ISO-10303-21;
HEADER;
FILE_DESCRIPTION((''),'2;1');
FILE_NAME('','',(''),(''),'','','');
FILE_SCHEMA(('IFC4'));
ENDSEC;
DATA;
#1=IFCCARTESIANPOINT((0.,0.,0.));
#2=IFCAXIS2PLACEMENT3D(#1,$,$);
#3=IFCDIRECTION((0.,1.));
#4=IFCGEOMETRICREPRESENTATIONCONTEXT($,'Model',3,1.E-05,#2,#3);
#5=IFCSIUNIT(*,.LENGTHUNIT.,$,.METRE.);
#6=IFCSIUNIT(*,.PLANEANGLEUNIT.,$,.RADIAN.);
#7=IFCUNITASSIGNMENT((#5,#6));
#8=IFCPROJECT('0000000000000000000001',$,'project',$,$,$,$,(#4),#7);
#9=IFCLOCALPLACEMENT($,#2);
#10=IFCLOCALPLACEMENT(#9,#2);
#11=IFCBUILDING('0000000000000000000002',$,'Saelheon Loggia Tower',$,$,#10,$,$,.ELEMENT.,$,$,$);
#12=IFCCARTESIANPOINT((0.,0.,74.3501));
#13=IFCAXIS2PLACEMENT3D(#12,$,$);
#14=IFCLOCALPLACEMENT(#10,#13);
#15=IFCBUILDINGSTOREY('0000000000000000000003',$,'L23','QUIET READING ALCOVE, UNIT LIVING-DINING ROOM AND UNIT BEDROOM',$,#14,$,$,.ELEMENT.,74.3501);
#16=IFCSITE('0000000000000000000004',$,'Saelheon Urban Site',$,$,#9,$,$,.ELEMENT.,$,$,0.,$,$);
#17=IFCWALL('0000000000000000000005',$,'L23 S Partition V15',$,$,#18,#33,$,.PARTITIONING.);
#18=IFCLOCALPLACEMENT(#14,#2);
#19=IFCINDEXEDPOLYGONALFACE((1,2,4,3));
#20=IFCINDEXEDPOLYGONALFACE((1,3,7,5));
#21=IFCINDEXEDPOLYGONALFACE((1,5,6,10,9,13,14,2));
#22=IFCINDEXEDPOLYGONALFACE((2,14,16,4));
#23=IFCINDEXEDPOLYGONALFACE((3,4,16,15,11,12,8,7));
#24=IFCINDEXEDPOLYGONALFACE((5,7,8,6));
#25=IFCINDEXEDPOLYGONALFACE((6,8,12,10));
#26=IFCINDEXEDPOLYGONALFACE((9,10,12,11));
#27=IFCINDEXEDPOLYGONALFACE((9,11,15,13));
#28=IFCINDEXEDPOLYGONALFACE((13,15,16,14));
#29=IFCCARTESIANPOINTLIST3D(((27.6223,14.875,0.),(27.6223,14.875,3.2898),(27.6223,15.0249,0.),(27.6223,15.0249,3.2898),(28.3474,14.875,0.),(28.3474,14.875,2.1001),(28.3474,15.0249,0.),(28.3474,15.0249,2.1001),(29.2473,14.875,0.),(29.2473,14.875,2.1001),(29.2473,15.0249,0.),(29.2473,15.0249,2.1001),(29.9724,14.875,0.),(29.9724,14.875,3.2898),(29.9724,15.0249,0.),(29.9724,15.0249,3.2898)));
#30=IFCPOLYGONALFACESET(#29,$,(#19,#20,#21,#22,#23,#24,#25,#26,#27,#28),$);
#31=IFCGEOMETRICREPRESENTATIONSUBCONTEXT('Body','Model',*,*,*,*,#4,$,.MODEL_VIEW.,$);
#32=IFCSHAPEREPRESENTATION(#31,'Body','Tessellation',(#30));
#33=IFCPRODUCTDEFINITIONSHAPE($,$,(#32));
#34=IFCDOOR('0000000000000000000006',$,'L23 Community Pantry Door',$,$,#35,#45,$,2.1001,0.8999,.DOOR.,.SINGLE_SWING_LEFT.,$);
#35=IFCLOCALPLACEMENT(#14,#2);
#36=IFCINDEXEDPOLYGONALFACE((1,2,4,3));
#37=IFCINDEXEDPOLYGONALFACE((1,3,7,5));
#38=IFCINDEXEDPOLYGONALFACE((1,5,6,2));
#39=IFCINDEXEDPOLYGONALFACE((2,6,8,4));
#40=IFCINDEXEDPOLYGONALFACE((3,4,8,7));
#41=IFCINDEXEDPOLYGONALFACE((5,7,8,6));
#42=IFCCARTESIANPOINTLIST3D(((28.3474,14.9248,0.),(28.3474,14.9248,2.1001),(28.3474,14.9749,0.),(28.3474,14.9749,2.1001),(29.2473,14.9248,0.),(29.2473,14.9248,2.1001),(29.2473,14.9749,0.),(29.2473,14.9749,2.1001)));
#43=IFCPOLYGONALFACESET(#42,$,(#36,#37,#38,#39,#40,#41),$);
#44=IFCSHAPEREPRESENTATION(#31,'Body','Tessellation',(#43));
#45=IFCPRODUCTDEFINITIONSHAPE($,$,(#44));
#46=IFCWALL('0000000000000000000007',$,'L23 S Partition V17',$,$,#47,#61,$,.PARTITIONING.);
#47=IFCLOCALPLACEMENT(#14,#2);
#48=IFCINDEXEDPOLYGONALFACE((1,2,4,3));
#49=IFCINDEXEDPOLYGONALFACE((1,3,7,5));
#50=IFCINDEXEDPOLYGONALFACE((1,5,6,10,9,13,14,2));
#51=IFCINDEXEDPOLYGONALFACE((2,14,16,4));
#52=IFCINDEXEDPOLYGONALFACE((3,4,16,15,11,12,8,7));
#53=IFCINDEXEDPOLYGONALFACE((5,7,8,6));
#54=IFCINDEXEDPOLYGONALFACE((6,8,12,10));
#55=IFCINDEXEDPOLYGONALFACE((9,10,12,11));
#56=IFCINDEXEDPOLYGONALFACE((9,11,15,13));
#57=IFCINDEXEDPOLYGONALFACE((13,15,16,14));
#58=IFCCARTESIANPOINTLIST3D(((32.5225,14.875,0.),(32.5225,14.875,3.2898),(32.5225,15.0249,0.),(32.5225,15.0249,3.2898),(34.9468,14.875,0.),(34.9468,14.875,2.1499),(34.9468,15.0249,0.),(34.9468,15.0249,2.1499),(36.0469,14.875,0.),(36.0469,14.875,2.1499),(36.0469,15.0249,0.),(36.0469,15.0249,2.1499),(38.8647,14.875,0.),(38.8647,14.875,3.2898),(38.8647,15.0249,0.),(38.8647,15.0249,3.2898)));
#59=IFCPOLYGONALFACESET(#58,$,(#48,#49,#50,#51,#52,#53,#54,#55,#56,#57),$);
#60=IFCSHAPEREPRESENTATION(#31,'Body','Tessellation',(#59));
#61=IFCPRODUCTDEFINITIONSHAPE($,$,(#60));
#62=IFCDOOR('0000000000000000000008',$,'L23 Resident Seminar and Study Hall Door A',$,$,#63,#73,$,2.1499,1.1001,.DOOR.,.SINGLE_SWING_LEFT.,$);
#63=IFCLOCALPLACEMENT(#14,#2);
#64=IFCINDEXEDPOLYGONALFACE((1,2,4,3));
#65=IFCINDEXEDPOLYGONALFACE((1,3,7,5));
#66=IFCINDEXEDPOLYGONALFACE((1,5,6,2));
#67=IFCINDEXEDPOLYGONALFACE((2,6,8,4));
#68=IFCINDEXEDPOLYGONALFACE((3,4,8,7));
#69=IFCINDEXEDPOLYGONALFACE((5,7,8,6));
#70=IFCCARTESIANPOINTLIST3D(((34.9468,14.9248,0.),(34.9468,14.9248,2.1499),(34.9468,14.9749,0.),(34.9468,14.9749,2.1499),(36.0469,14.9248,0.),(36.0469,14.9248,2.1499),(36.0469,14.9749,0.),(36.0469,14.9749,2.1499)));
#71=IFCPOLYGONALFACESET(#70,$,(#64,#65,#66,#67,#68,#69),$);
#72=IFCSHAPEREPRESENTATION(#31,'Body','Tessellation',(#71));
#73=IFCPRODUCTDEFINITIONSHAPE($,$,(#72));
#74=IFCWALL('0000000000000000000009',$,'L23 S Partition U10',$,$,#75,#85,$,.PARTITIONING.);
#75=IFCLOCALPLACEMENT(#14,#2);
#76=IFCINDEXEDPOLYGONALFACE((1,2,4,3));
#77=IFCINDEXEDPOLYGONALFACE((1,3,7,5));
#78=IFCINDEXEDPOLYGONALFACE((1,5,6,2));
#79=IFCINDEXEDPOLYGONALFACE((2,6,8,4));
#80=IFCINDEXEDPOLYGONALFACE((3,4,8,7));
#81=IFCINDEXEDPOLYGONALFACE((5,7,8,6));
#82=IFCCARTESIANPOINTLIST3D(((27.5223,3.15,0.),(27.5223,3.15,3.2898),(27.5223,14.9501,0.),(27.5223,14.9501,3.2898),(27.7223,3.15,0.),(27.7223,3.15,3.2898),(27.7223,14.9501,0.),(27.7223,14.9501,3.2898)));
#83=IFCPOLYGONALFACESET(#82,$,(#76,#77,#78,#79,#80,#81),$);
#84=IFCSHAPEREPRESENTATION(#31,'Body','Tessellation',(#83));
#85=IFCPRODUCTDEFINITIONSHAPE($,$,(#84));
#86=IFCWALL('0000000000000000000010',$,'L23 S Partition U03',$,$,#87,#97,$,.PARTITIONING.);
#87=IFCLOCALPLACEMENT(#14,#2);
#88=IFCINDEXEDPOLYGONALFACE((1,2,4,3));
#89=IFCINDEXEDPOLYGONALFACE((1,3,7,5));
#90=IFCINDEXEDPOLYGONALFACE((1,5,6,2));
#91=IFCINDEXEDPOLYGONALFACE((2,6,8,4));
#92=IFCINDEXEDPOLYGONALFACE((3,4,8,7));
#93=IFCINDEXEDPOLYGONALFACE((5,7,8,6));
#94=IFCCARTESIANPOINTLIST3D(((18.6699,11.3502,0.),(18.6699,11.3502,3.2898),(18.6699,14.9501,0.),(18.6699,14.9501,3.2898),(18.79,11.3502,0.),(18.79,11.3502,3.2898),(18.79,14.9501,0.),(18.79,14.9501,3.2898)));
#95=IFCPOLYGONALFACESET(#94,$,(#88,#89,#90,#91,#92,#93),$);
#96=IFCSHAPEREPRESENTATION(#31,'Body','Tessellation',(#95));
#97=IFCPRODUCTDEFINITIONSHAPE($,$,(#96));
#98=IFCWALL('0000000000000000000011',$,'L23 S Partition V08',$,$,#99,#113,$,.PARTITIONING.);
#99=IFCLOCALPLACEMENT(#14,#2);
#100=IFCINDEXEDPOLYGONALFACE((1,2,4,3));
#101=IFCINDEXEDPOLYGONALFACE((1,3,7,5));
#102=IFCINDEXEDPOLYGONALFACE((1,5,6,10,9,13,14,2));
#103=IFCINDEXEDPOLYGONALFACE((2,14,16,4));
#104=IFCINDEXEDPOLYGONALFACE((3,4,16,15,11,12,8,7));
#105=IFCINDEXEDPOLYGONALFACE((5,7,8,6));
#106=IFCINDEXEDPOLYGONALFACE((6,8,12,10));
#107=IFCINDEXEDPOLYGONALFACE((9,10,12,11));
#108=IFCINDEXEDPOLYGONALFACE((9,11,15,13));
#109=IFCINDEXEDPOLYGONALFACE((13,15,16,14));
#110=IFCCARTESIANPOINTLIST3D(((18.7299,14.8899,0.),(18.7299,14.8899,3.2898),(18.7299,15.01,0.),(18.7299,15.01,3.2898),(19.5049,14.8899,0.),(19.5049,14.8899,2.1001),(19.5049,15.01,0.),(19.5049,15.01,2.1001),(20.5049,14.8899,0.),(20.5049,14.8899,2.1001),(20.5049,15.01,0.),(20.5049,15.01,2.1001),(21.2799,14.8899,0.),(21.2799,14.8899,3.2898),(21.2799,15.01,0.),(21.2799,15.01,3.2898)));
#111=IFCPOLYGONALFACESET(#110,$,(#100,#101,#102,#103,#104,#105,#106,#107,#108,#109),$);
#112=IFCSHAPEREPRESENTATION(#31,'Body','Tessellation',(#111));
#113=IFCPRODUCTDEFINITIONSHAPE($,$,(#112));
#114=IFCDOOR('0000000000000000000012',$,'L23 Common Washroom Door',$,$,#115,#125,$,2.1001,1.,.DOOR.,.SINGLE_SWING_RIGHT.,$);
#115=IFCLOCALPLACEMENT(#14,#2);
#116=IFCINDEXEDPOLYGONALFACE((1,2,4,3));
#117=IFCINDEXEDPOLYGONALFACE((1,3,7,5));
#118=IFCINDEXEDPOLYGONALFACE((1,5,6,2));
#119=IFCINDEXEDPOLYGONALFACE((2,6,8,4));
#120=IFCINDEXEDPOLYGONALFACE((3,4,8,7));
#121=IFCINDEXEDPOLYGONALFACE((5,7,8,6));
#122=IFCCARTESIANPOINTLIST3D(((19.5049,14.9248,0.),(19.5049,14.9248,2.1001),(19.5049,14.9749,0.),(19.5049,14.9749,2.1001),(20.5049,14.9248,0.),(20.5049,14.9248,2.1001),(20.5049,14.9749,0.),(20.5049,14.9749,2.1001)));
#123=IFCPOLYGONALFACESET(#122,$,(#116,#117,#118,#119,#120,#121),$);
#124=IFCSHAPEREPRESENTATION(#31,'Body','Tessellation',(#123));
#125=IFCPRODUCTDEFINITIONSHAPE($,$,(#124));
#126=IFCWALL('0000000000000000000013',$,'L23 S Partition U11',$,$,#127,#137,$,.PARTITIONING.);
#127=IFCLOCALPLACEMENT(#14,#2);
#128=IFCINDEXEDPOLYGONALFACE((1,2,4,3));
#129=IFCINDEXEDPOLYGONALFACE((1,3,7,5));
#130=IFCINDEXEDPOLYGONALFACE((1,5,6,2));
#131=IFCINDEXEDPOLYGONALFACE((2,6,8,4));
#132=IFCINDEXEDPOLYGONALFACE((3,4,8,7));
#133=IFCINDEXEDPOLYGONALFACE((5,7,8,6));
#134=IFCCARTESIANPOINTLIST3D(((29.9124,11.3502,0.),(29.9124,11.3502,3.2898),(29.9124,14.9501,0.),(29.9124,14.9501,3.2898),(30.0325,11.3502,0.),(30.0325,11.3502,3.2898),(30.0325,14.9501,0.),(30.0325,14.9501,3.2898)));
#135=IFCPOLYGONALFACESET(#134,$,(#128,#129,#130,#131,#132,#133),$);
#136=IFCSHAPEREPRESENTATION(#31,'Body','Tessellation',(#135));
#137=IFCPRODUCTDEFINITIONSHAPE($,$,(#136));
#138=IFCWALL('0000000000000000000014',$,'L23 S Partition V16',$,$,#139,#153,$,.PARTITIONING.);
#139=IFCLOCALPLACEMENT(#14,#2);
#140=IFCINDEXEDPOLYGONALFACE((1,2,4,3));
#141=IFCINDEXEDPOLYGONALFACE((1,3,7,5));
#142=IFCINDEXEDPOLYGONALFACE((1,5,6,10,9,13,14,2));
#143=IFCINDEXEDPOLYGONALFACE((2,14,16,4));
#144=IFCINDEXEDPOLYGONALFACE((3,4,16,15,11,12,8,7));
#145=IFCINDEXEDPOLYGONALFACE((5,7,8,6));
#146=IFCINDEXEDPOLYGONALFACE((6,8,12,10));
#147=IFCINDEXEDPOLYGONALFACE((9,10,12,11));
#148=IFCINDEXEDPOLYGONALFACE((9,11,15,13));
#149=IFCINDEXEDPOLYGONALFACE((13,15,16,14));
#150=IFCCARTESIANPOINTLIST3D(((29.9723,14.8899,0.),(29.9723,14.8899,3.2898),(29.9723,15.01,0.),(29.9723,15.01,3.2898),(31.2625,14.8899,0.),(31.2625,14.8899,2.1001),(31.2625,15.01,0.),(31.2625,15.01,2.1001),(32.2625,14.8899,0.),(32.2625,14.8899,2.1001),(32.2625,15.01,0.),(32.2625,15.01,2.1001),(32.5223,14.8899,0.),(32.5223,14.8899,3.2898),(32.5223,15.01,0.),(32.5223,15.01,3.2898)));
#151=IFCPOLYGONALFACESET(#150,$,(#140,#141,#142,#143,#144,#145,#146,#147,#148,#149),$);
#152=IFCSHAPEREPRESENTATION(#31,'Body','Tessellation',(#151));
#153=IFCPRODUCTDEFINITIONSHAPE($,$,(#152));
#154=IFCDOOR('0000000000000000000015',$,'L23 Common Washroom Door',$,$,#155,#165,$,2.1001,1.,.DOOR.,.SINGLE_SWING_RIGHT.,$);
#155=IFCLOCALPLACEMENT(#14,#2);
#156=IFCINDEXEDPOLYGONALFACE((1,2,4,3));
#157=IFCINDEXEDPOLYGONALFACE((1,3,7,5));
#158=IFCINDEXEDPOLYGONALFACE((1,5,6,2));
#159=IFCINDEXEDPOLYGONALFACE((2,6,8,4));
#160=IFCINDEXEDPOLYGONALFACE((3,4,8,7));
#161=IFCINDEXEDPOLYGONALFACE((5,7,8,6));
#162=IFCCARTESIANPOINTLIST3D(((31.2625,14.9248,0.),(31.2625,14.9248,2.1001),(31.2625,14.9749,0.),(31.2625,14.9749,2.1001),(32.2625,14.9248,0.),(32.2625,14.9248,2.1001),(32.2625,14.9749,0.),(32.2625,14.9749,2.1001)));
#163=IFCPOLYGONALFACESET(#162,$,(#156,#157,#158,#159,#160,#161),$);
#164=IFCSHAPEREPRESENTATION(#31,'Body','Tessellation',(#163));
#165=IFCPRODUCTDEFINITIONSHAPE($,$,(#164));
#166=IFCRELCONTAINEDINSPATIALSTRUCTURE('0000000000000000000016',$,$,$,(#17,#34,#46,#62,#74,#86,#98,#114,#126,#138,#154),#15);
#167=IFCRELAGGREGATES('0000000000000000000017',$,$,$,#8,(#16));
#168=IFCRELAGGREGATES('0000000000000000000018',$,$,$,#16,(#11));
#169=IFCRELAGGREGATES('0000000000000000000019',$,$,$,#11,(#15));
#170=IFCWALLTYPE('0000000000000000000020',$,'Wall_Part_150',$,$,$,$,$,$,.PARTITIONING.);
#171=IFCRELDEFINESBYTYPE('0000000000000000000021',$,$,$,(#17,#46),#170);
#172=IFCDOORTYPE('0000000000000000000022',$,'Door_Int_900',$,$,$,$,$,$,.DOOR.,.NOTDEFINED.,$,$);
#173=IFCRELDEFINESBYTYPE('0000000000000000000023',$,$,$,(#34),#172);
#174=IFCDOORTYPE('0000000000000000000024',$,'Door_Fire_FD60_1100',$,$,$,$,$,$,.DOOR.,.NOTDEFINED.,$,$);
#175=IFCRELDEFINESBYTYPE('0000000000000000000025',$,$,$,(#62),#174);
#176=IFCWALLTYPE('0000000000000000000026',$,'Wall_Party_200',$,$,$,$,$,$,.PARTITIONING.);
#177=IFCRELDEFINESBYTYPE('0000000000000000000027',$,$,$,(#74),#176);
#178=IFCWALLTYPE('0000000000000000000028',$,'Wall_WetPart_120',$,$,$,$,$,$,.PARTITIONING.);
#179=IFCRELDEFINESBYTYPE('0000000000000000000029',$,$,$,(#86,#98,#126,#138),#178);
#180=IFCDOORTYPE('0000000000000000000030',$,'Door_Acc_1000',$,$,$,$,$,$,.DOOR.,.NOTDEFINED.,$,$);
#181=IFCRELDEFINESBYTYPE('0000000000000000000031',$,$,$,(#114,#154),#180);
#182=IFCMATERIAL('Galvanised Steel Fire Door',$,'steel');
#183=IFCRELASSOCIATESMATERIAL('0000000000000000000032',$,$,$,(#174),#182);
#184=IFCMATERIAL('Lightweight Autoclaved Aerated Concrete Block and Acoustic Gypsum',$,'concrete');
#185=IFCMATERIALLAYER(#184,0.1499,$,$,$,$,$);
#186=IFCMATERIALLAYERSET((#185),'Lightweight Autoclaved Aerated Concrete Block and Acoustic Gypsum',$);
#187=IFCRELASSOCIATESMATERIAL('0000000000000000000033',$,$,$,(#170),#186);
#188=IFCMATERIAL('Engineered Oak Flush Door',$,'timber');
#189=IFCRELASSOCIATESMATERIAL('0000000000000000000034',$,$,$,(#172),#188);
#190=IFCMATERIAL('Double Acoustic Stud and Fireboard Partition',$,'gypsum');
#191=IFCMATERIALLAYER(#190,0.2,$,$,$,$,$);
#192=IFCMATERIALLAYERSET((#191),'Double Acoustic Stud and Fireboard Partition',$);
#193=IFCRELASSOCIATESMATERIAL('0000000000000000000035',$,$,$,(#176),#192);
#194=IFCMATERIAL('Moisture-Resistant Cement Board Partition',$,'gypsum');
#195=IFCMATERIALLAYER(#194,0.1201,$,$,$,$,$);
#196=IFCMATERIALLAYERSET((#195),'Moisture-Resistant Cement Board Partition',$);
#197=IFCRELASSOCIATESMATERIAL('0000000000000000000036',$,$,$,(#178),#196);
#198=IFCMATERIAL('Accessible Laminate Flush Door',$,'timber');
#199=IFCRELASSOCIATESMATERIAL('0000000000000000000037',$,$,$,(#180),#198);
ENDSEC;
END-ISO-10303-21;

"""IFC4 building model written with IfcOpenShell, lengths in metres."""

from ifc_helpers import new_model, si_unit, direction, frame, frame_2d, origin, place, context, subcontext, project, spatial, rectangle, extrude, source, transform, mapped, material, layer, layer_set, type_object, element, fill, save


model = new_model("IFC4")

# Units and contexts
model_context = context("Model", 3, precision=1e-05, world=origin(), true_north=direction((0.0, 1.0)))
body_context = subcontext(model_context, "Body", "Model", "MODEL_VIEW")
ifc_project = project(units=[si_unit("LENGTHUNIT", "METRE"), si_unit("PLANEANGLEUNIT", "RADIAN")], contexts=[model_context])

# Site, building, storey
site_placement = place(None, origin())
site = spatial("IfcSite", under=ifc_project, at=site_placement, Name="Saelheon Urban Site", CompositionType="ELEMENT", RefElevation=0.0)
building_placement = place(site_placement, origin())
building = spatial("IfcBuilding", under=site, at=building_placement, Name="Saelheon Loggia Tower", CompositionType="ELEMENT")
storey_placement = place(building_placement, frame((0.0, 0.0, 74.3501)))
storey = spatial("IfcBuildingStorey", under=building, at=storey_placement, Name="L23", Description="QUIET READING ALCOVE, UNIT LIVING-DINING ROOM AND UNIT BEDROOM", CompositionType="ELEMENT", Elevation=74.3501)

# Shared definitions
ifc_material_1 = material(Name="Galvanised Steel Fire Door", Category="steel")
door_type_1 = type_object("IfcDoorType", Name="Door_Fire_FD60_1100", OperationType="NOTDEFINED", PredefinedType="DOOR", material=ifc_material_1)
shared_shape_1 = source(origin(), body_context, "Body", "SweptSolid", [
    extrude(rectangle(XDim=1.1001, YDim=2.1499, at=frame_2d((0.55, 1.075))), frame((0.0, 0.0249, 0.0), z_axis=(0.0, -1.0, 0.0), x_axis=(1.0, 0.0, 0.0)), (0.0, 0.0, 1.0), 0.05),
])

# Shared definitions
ifc_material_2 = material(Name="Lightweight Autoclaved Aerated Concrete Block and Acoustic Gypsum", Category="concrete")
ifc_layer_1 = layer(ifc_material_2, 0.1499)
ifc_layer_set_1 = layer_set([ifc_layer_1], Name="Lightweight Autoclaved Aerated Concrete Block and Acoustic Gypsum")
wall_type_1 = type_object("IfcWallType", Name="Wall_Part_150", PredefinedType="PARTITIONING", material=ifc_layer_set_1)

# Walls, openings, doors
wall_1_placement = place(storey_placement, frame((27.6223, 14.95, 0.0), z_axis=(0.0, 0.0, 1.0), x_axis=(1.0, 0.0, 0.0)))
wall_1 = element("IfcWall", 1, at=wall_1_placement, inside=storey, type_object=wall_type_1, Name="L23 S Partition V15", PredefinedType="PARTITIONING", context=body_context, shape_type="SweptSolid", body=[
    extrude(rectangle(XDim=2.3501, YDim=0.1499, at=frame_2d((1.175, 0.0))), origin(), (0.0, 0.0, 1.0), 3.2898),
])
opening_1_placement = place(wall_1_placement, frame((0.7251, 0.0, 0.0)))
opening_1 = element("IfcOpeningElement", 2, at=opening_1_placement, cuts=wall_1, PredefinedType="OPENING", context=body_context, shape_type="SweptSolid", body=[
    extrude(rectangle(XDim=0.8999, YDim=2.1001, at=frame_2d((0.45, 1.05))), frame((0.0, 0.0869, 0.0), z_axis=(0.0, -1.0, 0.0), x_axis=(1.0, 0.0, 0.0)), (0.0, 0.0, 1.0), 0.1738),
])
ifc_material_3 = material(Name="Engineered Oak Flush Door", Category="timber")
door_type_2 = type_object("IfcDoorType", Name="Door_Int_900", OperationType="NOTDEFINED", PredefinedType="DOOR", material=ifc_material_3)
shared_shape_2 = source(origin(), body_context, "Body", "SweptSolid", [
    extrude(rectangle(XDim=0.8999, YDim=2.1001, at=frame_2d((0.45, 1.05))), frame((0.0, 0.0249, 0.0), z_axis=(0.0, -1.0, 0.0), x_axis=(1.0, 0.0, 0.0)), (0.0, 0.0, 1.0), 0.05),
])
door_1_placement = place(opening_1_placement, origin())
door_1 = element("IfcDoor", 3, at=door_1_placement, inside=storey, type_object=door_type_2, Name="L23 Community Pantry Door", OperationType="SINGLE_SWING_LEFT", OverallHeight=2.1001, OverallWidth=0.8999, PredefinedType="DOOR", context=body_context, shape_type="MappedRepresentation", body=[
    mapped(shared_shape_2, transform((0.0, 0.0, 0.0), scale=1.0)),
])
fill(opening_1, door_1)
wall_2_placement = place(storey_placement, frame((32.5225, 14.95, 0.0), z_axis=(0.0, 0.0, 1.0), x_axis=(1.0, 0.0, 0.0)))
wall_2 = element("IfcWall", 4, at=wall_2_placement, inside=storey, type_object=wall_type_1, Name="L23 S Partition V17", PredefinedType="PARTITIONING", context=body_context, shape_type="SweptSolid", body=[
    extrude(rectangle(XDim=6.3423, YDim=0.1499, at=frame_2d((3.1711, 0.0))), origin(), (0.0, 0.0, 1.0), 3.2898),
])
opening_2_placement = place(wall_2_placement, frame((2.4243, 0.0, 0.0)))
opening_2 = element("IfcOpeningElement", 5, at=opening_2_placement, cuts=wall_2, PredefinedType="OPENING", context=body_context, shape_type="SweptSolid", body=[
    extrude(rectangle(XDim=1.1001, YDim=2.1499, at=frame_2d((0.55, 1.075))), frame((0.0, 0.0869, 0.0), z_axis=(0.0, -1.0, 0.0), x_axis=(1.0, 0.0, 0.0)), (0.0, 0.0, 1.0), 0.1738),
])
door_2_placement = place(opening_2_placement, origin())
door_2 = element("IfcDoor", 6, at=door_2_placement, inside=storey, type_object=door_type_1, Name="L23 Resident Seminar and Study Hall Door A", OperationType="SINGLE_SWING_LEFT", OverallHeight=2.1499, OverallWidth=1.1001, PredefinedType="DOOR", context=body_context, shape_type="MappedRepresentation", body=[
    mapped(shared_shape_1, transform((0.0, 0.0, 0.0), scale=1.0)),
])
fill(opening_2, door_2)

# Walls
ifc_material_4 = material(Name="Double Acoustic Stud and Fireboard Partition", Category="gypsum")
ifc_layer_2 = layer(ifc_material_4, 0.2)
ifc_layer_set_2 = layer_set([ifc_layer_2], Name="Double Acoustic Stud and Fireboard Partition")
wall_type_2 = type_object("IfcWallType", Name="Wall_Party_200", PredefinedType="PARTITIONING", material=ifc_layer_set_2)
wall_3_placement = place(storey_placement, frame((27.6223, 14.95, 0.0), z_axis=(0.0, 0.0, 1.0), x_axis=(0.0, -1.0, 0.0)))
element("IfcWall", 7, at=wall_3_placement, inside=storey, type_object=wall_type_2, Name="L23 S Partition U10", PredefinedType="PARTITIONING", context=body_context, shape_type="SweptSolid", body=[
    extrude(rectangle(XDim=11.8, YDim=0.2, at=frame_2d((5.8999, 0.0))), origin(), (0.0, 0.0, 1.0), 3.2898),
])
ifc_material_5 = material(Name="Moisture-Resistant Cement Board Partition", Category="gypsum")
ifc_layer_3 = layer(ifc_material_5, 0.1201)
ifc_layer_set_3 = layer_set([ifc_layer_3], Name="Moisture-Resistant Cement Board Partition")
wall_type_3 = type_object("IfcWallType", Name="Wall_WetPart_120", PredefinedType="PARTITIONING", material=ifc_layer_set_3)
wall_4_placement = place(storey_placement, frame((18.73, 14.95, 0.0), z_axis=(0.0, 0.0, 1.0), x_axis=(0.0, -1.0, 0.0)))
element("IfcWall", 8, at=wall_4_placement, inside=storey, type_object=wall_type_3, Name="L23 S Partition U03", PredefinedType="PARTITIONING", context=body_context, shape_type="SweptSolid", body=[
    extrude(rectangle(XDim=3.5999, YDim=0.1201, at=frame_2d((1.7998, 0.0))), origin(), (0.0, 0.0, 1.0), 3.2898),
])

# Wall, opening, door
wall_5_placement = place(storey_placement, frame((18.73, 14.95, 0.0), z_axis=(0.0, 0.0, 1.0), x_axis=(1.0, 0.0, 0.0)))
wall_5 = element("IfcWall", 9, at=wall_5_placement, inside=storey, type_object=wall_type_3, Name="L23 S Partition V08", PredefinedType="PARTITIONING", context=body_context, shape_type="SweptSolid", body=[
    extrude(rectangle(XDim=2.55, YDim=0.1201, at=frame_2d((1.2749, 0.0))), origin(), (0.0, 0.0, 1.0), 3.2898),
])
opening_3_placement = place(wall_5_placement, frame((0.7749, 0.0, 0.0)))
opening_3 = element("IfcOpeningElement", 10, at=opening_3_placement, cuts=wall_5, PredefinedType="OPENING", context=body_context, shape_type="SweptSolid", body=[
    extrude(rectangle(XDim=1.0, YDim=2.1001, at=frame_2d((0.5, 1.05))), frame((0.0, 0.072, 0.0), z_axis=(0.0, -1.0, 0.0), x_axis=(1.0, 0.0, 0.0)), (0.0, 0.0, 1.0), 0.144),
])
ifc_material_6 = material(Name="Accessible Laminate Flush Door", Category="timber")
door_type_3 = type_object("IfcDoorType", Name="Door_Acc_1000", OperationType="NOTDEFINED", PredefinedType="DOOR", material=ifc_material_6)
shared_shape_3 = source(origin(), body_context, "Body", "SweptSolid", [
    extrude(rectangle(XDim=1.0, YDim=2.1001, at=frame_2d((0.5, 1.05))), frame((0.0, 0.0249, 0.0), z_axis=(0.0, -1.0, 0.0), x_axis=(1.0, 0.0, 0.0)), (0.0, 0.0, 1.0), 0.05),
])
door_3_placement = place(opening_3_placement, origin())
door_3 = element("IfcDoor", 11, at=door_3_placement, inside=storey, type_object=door_type_3, Name="L23 Common Washroom Door", OperationType="SINGLE_SWING_RIGHT", OverallHeight=2.1001, OverallWidth=1.0, PredefinedType="DOOR", context=body_context, shape_type="MappedRepresentation", body=[
    mapped(shared_shape_3, transform((0.0, 0.0, 0.0), scale=1.0)),
])
fill(opening_3, door_3)

# Wall
wall_6_placement = place(storey_placement, frame((29.9724, 14.95, 0.0), z_axis=(0.0, 0.0, 1.0), x_axis=(0.0, -1.0, 0.0)))
element("IfcWall", 12, at=wall_6_placement, inside=storey, type_object=wall_type_3, Name="L23 S Partition U11", PredefinedType="PARTITIONING", context=body_context, shape_type="SweptSolid", body=[
    extrude(rectangle(XDim=3.5999, YDim=0.1201, at=frame_2d((1.7998, 0.0))), origin(), (0.0, 0.0, 1.0), 3.2898),
])

# Wall, opening, door
wall_7_placement = place(storey_placement, frame((29.9724, 14.95, 0.0), z_axis=(0.0, 0.0, 1.0), x_axis=(1.0, 0.0, 0.0)))
wall_7 = element("IfcWall", 13, at=wall_7_placement, inside=storey, type_object=wall_type_3, Name="L23 S Partition V16", PredefinedType="PARTITIONING", context=body_context, shape_type="SweptSolid", body=[
    extrude(rectangle(XDim=2.55, YDim=0.1201, at=frame_2d((1.2749, 0.0))), origin(), (0.0, 0.0, 1.0), 3.2898),
])
opening_4_placement = place(wall_7_placement, frame((1.29, 0.0, 0.0)))
opening_4 = element("IfcOpeningElement", 14, at=opening_4_placement, cuts=wall_7, PredefinedType="OPENING", context=body_context, shape_type="SweptSolid", body=[
    extrude(rectangle(XDim=1.0, YDim=2.1001, at=frame_2d((0.5, 1.05))), frame((0.0, 0.072, 0.0), z_axis=(0.0, -1.0, 0.0), x_axis=(1.0, 0.0, 0.0)), (0.0, 0.0, 1.0), 0.144),
])
door_4_placement = place(opening_4_placement, origin())
door_4 = element("IfcDoor", 15, at=door_4_placement, inside=storey, type_object=door_type_3, Name="L23 Common Washroom Door", OperationType="SINGLE_SWING_RIGHT", OverallHeight=2.1001, OverallWidth=1.0, PredefinedType="DOOR", context=body_context, shape_type="MappedRepresentation", body=[
    mapped(shared_shape_3, transform((0.0, 0.0, 0.0), scale=1.0)),
])
fill(opening_4, door_4)

save(model, "model.ifc")
